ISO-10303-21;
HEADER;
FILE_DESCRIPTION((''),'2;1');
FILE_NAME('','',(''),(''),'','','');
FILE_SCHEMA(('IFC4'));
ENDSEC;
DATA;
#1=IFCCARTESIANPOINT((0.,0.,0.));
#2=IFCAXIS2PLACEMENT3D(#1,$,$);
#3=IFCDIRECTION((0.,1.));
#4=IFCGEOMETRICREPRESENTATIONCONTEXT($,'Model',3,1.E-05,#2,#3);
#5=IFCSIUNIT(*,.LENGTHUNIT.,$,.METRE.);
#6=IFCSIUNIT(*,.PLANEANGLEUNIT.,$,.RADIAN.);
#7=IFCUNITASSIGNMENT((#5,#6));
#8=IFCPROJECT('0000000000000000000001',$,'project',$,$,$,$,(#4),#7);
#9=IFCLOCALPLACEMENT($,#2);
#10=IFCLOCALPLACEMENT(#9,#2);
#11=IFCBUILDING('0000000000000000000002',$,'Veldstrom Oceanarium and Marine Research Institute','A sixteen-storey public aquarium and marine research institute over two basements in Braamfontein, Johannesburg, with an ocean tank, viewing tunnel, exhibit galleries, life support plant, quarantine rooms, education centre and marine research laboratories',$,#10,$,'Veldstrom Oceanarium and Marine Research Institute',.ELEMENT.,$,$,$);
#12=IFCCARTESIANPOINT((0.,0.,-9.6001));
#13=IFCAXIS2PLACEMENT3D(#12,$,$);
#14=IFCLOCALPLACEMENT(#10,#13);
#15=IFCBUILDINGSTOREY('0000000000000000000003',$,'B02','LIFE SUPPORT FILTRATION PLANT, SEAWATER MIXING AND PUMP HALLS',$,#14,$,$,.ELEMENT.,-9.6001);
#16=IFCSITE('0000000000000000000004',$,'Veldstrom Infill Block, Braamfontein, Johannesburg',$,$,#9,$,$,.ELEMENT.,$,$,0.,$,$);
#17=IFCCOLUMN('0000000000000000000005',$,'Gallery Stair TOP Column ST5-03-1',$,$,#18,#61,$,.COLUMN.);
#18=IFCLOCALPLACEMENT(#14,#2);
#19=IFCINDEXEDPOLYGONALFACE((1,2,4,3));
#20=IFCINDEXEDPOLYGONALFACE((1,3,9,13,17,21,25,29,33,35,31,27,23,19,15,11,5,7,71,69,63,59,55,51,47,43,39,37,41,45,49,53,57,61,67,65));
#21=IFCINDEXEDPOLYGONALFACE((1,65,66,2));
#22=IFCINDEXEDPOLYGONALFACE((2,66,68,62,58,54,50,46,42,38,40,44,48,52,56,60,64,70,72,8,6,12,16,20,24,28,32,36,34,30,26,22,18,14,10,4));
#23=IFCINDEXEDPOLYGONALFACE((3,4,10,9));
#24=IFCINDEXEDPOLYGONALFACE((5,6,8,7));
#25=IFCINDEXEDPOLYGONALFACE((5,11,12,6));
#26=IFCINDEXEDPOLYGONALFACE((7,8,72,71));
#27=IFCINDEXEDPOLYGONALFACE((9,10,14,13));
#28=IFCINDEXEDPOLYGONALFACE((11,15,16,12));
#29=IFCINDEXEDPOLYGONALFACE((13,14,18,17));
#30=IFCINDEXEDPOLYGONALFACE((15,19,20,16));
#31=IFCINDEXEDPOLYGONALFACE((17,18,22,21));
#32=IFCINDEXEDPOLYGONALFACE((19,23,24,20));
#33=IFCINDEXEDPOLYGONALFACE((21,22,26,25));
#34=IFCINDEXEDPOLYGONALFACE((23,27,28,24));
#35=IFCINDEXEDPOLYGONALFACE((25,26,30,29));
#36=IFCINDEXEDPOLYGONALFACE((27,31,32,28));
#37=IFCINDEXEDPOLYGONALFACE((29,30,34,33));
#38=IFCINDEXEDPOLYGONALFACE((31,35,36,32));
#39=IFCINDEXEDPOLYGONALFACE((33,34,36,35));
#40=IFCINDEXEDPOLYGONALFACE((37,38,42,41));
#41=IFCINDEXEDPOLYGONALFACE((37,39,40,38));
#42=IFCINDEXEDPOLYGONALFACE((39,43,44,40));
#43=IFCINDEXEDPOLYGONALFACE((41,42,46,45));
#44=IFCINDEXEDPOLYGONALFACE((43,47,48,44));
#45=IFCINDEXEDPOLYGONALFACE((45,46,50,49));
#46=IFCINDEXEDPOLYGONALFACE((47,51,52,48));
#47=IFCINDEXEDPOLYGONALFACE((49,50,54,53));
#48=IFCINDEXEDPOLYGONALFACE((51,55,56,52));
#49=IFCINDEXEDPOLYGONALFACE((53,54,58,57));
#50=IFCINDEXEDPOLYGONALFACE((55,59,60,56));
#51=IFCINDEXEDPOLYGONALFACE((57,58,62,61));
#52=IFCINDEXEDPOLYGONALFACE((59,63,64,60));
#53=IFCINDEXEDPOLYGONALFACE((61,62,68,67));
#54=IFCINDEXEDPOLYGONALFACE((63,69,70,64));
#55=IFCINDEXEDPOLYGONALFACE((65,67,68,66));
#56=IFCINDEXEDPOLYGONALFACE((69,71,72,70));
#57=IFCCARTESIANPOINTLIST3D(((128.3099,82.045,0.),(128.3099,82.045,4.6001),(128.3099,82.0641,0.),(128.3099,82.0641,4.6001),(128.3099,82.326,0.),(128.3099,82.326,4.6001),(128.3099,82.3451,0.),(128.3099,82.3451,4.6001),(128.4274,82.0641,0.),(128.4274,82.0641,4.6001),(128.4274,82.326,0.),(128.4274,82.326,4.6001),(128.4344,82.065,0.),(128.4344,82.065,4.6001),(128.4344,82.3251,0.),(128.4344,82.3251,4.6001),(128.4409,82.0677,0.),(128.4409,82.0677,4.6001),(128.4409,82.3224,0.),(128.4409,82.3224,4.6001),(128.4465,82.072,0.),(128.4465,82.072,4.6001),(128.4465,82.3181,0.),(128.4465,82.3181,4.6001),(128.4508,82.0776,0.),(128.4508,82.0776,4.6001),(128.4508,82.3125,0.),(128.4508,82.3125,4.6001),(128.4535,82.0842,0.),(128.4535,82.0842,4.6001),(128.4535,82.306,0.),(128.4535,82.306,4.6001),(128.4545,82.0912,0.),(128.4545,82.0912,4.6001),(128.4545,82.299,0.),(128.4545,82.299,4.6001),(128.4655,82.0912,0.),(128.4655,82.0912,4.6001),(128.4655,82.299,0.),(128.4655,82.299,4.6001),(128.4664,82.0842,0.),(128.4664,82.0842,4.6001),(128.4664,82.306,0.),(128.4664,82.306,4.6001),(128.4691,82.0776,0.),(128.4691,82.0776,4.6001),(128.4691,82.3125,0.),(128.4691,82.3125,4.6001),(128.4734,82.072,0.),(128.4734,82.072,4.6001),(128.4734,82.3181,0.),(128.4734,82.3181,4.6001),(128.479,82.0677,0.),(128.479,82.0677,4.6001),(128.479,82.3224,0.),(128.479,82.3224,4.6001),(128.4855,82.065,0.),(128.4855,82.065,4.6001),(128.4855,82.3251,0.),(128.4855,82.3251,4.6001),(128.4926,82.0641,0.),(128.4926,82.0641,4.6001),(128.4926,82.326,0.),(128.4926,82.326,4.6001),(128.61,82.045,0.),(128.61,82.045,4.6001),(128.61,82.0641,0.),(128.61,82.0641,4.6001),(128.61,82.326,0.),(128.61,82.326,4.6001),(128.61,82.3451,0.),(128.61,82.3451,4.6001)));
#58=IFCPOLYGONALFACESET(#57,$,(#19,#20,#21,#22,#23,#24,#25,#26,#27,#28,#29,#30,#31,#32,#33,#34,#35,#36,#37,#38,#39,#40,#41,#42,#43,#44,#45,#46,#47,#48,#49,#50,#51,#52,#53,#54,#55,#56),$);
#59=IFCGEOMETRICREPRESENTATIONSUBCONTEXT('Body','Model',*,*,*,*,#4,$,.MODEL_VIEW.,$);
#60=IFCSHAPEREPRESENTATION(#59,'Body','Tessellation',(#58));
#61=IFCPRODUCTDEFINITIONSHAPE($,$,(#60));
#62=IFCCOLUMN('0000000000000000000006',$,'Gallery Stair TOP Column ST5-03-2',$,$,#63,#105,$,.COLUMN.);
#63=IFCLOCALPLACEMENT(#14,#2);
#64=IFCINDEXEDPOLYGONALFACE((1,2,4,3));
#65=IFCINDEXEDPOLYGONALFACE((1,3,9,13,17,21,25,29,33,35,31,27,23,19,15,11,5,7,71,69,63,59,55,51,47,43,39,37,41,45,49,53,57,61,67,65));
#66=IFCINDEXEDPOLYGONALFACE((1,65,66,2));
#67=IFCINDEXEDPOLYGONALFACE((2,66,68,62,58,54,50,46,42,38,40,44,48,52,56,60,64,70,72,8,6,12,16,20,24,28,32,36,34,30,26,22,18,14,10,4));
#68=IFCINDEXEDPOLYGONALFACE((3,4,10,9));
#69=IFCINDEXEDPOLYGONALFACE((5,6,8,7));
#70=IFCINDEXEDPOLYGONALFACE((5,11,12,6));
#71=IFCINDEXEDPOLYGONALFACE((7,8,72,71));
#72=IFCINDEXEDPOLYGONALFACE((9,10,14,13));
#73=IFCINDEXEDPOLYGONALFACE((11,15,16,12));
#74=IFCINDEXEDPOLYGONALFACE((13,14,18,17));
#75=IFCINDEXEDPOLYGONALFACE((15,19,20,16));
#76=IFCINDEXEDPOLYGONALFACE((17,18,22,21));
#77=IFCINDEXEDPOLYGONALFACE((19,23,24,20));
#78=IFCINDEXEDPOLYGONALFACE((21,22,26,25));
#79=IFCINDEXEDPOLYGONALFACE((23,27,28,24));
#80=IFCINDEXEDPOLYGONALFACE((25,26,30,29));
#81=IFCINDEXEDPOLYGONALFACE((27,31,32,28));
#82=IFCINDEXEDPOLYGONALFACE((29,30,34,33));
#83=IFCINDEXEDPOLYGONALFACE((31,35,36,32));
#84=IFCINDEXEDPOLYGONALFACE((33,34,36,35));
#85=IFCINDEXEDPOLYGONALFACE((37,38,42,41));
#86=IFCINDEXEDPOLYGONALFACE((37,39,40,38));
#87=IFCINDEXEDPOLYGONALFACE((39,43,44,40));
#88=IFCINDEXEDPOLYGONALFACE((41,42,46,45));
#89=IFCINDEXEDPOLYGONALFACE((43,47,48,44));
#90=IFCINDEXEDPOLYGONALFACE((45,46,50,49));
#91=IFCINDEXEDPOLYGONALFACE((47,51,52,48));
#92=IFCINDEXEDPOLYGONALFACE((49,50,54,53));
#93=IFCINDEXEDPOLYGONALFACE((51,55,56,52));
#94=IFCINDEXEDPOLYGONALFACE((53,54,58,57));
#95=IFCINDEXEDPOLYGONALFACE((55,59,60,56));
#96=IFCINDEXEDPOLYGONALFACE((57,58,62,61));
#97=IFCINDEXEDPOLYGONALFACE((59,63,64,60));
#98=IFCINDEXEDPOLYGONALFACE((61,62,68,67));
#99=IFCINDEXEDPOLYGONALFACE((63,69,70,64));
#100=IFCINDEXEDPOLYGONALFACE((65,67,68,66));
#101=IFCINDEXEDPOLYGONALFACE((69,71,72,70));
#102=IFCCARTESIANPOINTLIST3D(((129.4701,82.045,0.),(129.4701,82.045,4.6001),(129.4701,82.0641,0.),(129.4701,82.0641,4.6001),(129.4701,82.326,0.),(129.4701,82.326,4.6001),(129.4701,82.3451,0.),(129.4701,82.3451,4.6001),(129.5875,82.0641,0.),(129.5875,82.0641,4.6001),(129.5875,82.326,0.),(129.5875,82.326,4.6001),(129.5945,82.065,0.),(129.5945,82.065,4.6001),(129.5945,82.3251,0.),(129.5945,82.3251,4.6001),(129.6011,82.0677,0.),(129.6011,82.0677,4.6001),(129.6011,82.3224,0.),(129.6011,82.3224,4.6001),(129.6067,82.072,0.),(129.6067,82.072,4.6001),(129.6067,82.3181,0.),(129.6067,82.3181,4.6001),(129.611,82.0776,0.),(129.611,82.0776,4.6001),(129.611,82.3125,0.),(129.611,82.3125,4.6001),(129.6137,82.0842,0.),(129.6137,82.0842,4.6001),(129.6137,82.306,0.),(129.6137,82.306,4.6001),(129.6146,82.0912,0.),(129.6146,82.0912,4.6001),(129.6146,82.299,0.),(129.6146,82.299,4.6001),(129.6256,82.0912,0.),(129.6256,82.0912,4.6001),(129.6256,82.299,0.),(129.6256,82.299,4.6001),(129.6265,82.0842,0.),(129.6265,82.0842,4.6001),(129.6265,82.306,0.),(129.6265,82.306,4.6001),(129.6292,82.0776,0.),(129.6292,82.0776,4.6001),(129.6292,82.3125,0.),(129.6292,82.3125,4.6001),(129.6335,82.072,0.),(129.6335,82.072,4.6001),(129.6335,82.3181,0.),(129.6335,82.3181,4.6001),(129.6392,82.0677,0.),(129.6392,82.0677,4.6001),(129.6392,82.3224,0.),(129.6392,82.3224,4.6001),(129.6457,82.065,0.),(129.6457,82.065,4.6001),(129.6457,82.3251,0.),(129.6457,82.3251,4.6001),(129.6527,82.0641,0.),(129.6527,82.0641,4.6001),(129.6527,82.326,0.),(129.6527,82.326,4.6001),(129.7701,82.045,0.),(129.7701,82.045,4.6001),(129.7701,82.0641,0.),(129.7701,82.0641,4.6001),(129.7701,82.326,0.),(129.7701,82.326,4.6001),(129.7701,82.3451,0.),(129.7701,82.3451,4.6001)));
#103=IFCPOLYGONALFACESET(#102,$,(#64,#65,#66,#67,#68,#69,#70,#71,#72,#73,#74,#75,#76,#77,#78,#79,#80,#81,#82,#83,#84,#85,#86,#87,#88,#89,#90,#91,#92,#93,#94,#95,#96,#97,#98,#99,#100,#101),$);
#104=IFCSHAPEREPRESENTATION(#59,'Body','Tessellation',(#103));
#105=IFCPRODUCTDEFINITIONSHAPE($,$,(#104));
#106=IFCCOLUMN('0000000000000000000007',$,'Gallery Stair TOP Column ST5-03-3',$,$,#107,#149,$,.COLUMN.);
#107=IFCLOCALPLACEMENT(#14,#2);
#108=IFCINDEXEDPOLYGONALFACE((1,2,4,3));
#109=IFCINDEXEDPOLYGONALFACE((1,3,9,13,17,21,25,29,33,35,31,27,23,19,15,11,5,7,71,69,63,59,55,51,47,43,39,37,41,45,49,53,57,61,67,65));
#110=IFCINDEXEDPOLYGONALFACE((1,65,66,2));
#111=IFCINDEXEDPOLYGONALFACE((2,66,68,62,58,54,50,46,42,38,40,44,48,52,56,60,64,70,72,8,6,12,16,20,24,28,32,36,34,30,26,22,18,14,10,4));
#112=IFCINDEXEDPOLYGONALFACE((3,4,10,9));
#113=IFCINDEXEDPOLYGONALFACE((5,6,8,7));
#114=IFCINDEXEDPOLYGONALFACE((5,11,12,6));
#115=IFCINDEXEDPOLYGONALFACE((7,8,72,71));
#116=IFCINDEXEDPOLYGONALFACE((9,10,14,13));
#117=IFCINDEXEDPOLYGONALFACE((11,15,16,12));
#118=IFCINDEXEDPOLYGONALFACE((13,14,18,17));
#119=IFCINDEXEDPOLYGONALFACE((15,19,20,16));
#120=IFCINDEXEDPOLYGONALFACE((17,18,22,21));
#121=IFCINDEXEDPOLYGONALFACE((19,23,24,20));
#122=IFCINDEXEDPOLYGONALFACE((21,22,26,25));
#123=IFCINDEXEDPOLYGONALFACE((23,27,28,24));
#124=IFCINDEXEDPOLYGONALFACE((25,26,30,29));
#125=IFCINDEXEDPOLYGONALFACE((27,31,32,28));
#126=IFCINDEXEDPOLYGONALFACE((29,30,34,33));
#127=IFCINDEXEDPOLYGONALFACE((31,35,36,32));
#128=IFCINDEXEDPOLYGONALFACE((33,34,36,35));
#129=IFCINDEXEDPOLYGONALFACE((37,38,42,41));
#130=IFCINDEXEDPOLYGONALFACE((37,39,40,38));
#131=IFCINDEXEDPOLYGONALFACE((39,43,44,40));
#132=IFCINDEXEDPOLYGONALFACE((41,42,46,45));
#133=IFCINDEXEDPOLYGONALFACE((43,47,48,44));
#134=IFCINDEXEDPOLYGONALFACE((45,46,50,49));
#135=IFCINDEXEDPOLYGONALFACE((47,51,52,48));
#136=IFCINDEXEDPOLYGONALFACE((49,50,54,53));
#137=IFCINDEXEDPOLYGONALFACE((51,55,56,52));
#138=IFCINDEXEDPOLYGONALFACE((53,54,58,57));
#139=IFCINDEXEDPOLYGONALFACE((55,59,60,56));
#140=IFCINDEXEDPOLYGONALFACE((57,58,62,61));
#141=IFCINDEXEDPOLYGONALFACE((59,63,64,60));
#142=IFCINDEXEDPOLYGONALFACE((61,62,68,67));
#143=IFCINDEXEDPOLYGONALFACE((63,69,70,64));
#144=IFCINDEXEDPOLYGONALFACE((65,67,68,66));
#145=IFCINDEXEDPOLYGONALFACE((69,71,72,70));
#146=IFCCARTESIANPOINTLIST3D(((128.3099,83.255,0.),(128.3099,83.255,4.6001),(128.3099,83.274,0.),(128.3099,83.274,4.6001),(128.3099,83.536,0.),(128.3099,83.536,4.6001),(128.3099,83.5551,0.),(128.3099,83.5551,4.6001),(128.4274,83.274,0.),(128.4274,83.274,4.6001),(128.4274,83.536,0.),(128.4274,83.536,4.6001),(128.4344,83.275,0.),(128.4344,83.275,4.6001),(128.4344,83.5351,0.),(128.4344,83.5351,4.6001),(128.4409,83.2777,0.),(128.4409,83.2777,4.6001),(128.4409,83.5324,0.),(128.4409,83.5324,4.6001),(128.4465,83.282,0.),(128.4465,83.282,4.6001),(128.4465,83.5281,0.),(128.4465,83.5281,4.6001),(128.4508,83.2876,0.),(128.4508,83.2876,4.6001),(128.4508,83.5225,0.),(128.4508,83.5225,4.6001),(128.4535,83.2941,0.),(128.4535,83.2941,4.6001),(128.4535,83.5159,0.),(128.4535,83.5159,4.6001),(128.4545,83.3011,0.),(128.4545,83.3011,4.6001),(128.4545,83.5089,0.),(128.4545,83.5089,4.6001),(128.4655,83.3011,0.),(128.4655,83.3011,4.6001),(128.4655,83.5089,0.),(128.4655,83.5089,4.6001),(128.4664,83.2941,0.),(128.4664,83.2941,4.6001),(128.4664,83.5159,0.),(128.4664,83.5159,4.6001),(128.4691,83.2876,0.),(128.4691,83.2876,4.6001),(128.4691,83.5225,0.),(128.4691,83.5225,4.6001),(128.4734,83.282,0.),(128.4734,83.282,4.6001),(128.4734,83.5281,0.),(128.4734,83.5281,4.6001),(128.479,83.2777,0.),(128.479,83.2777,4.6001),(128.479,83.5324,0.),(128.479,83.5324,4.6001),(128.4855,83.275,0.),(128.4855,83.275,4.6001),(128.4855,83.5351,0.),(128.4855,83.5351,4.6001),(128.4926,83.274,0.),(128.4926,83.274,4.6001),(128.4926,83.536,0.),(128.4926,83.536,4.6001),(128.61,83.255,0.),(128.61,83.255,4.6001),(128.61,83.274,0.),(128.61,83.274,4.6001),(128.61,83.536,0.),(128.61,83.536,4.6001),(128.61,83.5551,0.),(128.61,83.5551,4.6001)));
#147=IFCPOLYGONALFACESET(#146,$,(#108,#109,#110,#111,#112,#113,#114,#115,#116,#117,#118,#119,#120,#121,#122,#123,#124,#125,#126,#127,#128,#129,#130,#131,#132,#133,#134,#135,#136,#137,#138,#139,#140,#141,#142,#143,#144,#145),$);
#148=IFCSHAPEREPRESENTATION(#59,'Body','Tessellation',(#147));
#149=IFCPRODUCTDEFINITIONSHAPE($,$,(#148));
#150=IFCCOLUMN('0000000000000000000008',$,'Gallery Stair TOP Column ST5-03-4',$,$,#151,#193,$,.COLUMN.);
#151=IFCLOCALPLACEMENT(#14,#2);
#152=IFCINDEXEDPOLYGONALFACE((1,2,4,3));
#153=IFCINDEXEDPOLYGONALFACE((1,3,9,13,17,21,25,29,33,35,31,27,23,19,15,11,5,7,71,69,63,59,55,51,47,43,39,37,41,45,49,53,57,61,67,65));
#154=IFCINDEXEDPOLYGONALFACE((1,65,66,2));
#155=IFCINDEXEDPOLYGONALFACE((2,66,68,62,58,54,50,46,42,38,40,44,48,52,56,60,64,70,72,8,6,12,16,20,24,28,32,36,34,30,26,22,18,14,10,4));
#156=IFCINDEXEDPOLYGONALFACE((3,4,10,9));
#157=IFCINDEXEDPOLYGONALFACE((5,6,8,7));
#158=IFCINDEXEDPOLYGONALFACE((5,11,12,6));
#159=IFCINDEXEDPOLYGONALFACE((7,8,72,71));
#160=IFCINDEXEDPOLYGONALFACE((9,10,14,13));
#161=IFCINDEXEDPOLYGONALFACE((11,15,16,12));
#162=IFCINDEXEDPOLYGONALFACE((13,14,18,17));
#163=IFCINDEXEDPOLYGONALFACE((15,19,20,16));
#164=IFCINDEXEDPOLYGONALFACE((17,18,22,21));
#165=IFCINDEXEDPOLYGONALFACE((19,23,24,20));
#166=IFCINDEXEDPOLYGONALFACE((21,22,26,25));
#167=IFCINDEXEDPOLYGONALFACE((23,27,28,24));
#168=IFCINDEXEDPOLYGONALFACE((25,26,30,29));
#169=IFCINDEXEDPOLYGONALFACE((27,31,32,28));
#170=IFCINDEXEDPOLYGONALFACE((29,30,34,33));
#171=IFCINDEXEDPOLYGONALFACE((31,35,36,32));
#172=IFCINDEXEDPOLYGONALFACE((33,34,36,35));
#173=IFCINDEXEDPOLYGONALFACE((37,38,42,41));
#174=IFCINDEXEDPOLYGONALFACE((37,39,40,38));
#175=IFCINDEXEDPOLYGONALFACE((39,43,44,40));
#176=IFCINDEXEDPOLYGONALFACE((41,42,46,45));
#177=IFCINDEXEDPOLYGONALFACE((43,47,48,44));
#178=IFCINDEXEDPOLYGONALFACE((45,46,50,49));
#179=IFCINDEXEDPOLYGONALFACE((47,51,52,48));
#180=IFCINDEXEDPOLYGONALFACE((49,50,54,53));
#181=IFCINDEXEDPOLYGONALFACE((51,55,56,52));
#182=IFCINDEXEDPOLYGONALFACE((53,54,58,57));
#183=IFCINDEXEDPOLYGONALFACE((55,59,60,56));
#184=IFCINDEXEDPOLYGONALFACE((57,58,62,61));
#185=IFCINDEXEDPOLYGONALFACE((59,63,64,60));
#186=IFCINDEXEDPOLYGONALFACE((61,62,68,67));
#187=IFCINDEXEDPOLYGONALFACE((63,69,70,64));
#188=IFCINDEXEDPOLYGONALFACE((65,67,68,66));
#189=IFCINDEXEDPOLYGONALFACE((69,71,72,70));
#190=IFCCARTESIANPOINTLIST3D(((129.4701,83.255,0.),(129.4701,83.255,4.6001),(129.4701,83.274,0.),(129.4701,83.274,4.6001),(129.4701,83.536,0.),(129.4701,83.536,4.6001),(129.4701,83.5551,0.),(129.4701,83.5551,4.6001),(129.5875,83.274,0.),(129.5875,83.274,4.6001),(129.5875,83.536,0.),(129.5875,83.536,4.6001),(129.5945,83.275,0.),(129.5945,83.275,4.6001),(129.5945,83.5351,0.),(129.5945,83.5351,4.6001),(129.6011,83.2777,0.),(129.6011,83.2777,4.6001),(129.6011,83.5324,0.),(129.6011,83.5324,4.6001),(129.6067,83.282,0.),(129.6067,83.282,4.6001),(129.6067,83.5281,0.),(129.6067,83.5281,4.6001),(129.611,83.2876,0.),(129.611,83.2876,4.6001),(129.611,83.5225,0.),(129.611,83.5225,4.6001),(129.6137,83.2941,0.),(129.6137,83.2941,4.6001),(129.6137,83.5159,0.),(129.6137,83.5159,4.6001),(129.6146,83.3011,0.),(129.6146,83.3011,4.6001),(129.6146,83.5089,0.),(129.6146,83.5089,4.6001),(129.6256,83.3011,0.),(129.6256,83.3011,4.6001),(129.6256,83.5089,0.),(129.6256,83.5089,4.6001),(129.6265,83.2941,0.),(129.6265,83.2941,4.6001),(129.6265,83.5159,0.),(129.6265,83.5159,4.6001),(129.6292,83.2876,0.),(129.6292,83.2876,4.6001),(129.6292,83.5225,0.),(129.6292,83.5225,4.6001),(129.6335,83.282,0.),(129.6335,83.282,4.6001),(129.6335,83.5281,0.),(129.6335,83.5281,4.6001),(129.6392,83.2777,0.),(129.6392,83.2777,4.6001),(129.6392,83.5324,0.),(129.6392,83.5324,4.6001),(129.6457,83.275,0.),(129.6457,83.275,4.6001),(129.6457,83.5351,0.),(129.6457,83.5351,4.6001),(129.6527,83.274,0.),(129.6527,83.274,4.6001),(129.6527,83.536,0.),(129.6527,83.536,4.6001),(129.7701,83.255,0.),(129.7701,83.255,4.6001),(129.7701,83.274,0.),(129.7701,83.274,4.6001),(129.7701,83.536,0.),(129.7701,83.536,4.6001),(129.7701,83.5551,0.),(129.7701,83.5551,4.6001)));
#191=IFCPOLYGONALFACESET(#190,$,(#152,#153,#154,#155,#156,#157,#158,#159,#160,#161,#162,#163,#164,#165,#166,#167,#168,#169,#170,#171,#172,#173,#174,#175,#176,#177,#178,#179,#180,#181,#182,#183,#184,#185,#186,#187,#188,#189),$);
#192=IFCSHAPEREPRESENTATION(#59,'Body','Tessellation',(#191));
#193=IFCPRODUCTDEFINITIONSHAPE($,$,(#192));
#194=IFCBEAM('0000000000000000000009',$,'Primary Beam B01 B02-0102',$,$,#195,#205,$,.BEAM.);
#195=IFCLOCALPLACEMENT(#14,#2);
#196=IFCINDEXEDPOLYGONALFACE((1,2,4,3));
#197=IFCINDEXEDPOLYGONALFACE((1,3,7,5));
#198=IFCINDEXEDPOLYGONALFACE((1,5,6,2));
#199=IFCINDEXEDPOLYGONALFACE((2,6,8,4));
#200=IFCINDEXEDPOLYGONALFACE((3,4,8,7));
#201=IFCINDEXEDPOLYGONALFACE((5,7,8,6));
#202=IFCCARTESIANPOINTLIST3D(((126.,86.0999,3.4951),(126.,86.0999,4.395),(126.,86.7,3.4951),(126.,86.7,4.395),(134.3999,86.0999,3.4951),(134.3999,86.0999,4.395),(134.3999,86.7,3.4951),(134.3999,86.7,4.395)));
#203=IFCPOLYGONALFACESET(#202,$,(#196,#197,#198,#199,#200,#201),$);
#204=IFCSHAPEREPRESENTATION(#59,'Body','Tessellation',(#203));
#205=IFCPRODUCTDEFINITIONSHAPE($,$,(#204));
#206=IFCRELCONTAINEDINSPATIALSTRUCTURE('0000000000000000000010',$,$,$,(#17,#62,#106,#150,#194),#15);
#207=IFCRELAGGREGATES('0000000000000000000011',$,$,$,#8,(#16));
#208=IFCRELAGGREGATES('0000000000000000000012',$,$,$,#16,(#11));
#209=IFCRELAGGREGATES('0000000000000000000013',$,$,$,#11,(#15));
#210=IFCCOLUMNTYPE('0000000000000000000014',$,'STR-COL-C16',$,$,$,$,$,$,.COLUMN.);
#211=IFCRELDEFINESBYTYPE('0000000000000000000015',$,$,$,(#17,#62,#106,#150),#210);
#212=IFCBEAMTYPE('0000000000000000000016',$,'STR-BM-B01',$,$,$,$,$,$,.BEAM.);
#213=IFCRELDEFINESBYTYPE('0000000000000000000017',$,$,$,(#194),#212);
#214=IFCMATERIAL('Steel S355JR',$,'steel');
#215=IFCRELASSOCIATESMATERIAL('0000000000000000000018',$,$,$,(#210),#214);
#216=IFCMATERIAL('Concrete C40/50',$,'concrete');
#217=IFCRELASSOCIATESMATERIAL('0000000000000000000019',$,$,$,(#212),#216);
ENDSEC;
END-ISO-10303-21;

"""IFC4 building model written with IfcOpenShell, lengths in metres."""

from ifc_helpers import new_model, si_unit, direction, frame, origin, origin_2d, place, context, subcontext, project, spatial, rectangle, i_section, extrude, material, material_profile, profile_set, type_object, element, save


model = new_model("IFC4")

# Units and contexts
model_context = context("Model", 3, precision=1e-05, world=origin(), true_north=direction((0.0, 1.0)))
body_context = subcontext(model_context, "Body", "Model", "MODEL_VIEW")
ifc_project = project(units=[si_unit("LENGTHUNIT", "METRE"), si_unit("PLANEANGLEUNIT", "RADIAN")], contexts=[model_context])

# Site, building, storey
site_placement = place(None, origin())
site = spatial("IfcSite", under=ifc_project, at=site_placement, Name="Veldstrom Infill Block, Braamfontein, Johannesburg", CompositionType="ELEMENT", RefElevation=0.0)
building_placement = place(site_placement, origin())
building = spatial("IfcBuilding", under=site, at=building_placement, Name="Veldstrom Oceanarium and Marine Research Institute", Description="A sixteen-storey public aquarium and marine research institute over two basements in Braamfontein, Johannesburg, with an ocean tank, viewing tunnel, exhibit galleries, life support plant, quarantine rooms, education centre and marine research laboratories", LongName="Veldstrom Oceanarium and Marine Research Institute", CompositionType="ELEMENT")
storey_placement = place(building_placement, frame((0.0, 0.0, -9.6001)))
storey = spatial("IfcBuildingStorey", under=building, at=storey_placement, Name="B02", Description="LIFE SUPPORT FILTRATION PLANT, SEAWATER MIXING AND PUMP HALLS", CompositionType="ELEMENT", Elevation=-9.6001)

# Columns
ifc_material_1 = material(Name="Steel S355JR", Category="steel")
ifc_material_profile_1 = material_profile(ifc_material_1, i_section(OverallWidth=0.3, OverallDepth=0.3, WebThickness=0.011, FlangeThickness=0.019, FilletRadius=0.0271, at=origin_2d()), Name="HEB 300")
ifc_profile_set_1 = profile_set([ifc_material_profile_1], Name="Steel S355JR")
column_type_1 = type_object("IfcColumnType", Name="STR-COL-C16", PredefinedType="COLUMN", material=ifc_profile_set_1)
for number, where, z_axis, x_axis, name in (
    (1, (128.46, 82.1951, 0.0), (0.0, 0.0, 1.0), (1.0, 0.0, 0.0), "Gallery Stair TOP Column ST5-03-1"),
    (2, (129.6201, 82.1951, 0.0), (0.0, 0.0, 1.0), (1.0, 0.0, 0.0), "Gallery Stair TOP Column ST5-03-2"),
    (3, (128.46, 83.405, 0.0), (0.0, 0.0, 1.0), (1.0, 0.0, 0.0), "Gallery Stair TOP Column ST5-03-3"),
    (4, (129.6201, 83.405, 0.0), (0.0, 0.0, 1.0), (1.0, 0.0, 0.0), "Gallery Stair TOP Column ST5-03-4"),
):
    element("IfcColumn", number, at=place(storey_placement, frame(where, z_axis=z_axis, x_axis=x_axis)), inside=storey, type_object=column_type_1, Name=name, PredefinedType="COLUMN", context=body_context, shape_type="SweptSolid", body=[
        extrude(i_section(OverallWidth=0.3, OverallDepth=0.3, WebThickness=0.011, FlangeThickness=0.019, FilletRadius=0.0271, at=origin_2d()), origin(), (0.0, 0.0, 1.0), 4.6001),
    ])

# Beam
ifc_material_2 = material(Name="Concrete C40/50", Category="concrete")
ifc_material_profile_2 = material_profile(ifc_material_2, rectangle(XDim=0.6001, YDim=0.8999, at=origin_2d()), Name="RC-BM-600x900")
ifc_profile_set_2 = profile_set([ifc_material_profile_2], Name="Concrete C40/50")
beam_type = type_object("IfcBeamType", Name="STR-BM-B01", PredefinedType="BEAM", material=ifc_profile_set_2)
beam_placement = place(storey_placement, frame((126.0, 86.3999, 3.9451), z_axis=(1.0, 0.0, 0.0), x_axis=(0.0, 1.0, 0.0)))
element("IfcBeam", 5, at=beam_placement, inside=storey, type_object=beam_type, Name="Primary Beam B01 B02-0102", PredefinedType="BEAM", context=body_context, shape_type="SweptSolid", body=[
    extrude(rectangle(XDim=0.6001, YDim=0.8999, at=origin_2d()), origin(), (0.0, 0.0, 1.0), 8.3999),
])

save(model, "model.ifc")
